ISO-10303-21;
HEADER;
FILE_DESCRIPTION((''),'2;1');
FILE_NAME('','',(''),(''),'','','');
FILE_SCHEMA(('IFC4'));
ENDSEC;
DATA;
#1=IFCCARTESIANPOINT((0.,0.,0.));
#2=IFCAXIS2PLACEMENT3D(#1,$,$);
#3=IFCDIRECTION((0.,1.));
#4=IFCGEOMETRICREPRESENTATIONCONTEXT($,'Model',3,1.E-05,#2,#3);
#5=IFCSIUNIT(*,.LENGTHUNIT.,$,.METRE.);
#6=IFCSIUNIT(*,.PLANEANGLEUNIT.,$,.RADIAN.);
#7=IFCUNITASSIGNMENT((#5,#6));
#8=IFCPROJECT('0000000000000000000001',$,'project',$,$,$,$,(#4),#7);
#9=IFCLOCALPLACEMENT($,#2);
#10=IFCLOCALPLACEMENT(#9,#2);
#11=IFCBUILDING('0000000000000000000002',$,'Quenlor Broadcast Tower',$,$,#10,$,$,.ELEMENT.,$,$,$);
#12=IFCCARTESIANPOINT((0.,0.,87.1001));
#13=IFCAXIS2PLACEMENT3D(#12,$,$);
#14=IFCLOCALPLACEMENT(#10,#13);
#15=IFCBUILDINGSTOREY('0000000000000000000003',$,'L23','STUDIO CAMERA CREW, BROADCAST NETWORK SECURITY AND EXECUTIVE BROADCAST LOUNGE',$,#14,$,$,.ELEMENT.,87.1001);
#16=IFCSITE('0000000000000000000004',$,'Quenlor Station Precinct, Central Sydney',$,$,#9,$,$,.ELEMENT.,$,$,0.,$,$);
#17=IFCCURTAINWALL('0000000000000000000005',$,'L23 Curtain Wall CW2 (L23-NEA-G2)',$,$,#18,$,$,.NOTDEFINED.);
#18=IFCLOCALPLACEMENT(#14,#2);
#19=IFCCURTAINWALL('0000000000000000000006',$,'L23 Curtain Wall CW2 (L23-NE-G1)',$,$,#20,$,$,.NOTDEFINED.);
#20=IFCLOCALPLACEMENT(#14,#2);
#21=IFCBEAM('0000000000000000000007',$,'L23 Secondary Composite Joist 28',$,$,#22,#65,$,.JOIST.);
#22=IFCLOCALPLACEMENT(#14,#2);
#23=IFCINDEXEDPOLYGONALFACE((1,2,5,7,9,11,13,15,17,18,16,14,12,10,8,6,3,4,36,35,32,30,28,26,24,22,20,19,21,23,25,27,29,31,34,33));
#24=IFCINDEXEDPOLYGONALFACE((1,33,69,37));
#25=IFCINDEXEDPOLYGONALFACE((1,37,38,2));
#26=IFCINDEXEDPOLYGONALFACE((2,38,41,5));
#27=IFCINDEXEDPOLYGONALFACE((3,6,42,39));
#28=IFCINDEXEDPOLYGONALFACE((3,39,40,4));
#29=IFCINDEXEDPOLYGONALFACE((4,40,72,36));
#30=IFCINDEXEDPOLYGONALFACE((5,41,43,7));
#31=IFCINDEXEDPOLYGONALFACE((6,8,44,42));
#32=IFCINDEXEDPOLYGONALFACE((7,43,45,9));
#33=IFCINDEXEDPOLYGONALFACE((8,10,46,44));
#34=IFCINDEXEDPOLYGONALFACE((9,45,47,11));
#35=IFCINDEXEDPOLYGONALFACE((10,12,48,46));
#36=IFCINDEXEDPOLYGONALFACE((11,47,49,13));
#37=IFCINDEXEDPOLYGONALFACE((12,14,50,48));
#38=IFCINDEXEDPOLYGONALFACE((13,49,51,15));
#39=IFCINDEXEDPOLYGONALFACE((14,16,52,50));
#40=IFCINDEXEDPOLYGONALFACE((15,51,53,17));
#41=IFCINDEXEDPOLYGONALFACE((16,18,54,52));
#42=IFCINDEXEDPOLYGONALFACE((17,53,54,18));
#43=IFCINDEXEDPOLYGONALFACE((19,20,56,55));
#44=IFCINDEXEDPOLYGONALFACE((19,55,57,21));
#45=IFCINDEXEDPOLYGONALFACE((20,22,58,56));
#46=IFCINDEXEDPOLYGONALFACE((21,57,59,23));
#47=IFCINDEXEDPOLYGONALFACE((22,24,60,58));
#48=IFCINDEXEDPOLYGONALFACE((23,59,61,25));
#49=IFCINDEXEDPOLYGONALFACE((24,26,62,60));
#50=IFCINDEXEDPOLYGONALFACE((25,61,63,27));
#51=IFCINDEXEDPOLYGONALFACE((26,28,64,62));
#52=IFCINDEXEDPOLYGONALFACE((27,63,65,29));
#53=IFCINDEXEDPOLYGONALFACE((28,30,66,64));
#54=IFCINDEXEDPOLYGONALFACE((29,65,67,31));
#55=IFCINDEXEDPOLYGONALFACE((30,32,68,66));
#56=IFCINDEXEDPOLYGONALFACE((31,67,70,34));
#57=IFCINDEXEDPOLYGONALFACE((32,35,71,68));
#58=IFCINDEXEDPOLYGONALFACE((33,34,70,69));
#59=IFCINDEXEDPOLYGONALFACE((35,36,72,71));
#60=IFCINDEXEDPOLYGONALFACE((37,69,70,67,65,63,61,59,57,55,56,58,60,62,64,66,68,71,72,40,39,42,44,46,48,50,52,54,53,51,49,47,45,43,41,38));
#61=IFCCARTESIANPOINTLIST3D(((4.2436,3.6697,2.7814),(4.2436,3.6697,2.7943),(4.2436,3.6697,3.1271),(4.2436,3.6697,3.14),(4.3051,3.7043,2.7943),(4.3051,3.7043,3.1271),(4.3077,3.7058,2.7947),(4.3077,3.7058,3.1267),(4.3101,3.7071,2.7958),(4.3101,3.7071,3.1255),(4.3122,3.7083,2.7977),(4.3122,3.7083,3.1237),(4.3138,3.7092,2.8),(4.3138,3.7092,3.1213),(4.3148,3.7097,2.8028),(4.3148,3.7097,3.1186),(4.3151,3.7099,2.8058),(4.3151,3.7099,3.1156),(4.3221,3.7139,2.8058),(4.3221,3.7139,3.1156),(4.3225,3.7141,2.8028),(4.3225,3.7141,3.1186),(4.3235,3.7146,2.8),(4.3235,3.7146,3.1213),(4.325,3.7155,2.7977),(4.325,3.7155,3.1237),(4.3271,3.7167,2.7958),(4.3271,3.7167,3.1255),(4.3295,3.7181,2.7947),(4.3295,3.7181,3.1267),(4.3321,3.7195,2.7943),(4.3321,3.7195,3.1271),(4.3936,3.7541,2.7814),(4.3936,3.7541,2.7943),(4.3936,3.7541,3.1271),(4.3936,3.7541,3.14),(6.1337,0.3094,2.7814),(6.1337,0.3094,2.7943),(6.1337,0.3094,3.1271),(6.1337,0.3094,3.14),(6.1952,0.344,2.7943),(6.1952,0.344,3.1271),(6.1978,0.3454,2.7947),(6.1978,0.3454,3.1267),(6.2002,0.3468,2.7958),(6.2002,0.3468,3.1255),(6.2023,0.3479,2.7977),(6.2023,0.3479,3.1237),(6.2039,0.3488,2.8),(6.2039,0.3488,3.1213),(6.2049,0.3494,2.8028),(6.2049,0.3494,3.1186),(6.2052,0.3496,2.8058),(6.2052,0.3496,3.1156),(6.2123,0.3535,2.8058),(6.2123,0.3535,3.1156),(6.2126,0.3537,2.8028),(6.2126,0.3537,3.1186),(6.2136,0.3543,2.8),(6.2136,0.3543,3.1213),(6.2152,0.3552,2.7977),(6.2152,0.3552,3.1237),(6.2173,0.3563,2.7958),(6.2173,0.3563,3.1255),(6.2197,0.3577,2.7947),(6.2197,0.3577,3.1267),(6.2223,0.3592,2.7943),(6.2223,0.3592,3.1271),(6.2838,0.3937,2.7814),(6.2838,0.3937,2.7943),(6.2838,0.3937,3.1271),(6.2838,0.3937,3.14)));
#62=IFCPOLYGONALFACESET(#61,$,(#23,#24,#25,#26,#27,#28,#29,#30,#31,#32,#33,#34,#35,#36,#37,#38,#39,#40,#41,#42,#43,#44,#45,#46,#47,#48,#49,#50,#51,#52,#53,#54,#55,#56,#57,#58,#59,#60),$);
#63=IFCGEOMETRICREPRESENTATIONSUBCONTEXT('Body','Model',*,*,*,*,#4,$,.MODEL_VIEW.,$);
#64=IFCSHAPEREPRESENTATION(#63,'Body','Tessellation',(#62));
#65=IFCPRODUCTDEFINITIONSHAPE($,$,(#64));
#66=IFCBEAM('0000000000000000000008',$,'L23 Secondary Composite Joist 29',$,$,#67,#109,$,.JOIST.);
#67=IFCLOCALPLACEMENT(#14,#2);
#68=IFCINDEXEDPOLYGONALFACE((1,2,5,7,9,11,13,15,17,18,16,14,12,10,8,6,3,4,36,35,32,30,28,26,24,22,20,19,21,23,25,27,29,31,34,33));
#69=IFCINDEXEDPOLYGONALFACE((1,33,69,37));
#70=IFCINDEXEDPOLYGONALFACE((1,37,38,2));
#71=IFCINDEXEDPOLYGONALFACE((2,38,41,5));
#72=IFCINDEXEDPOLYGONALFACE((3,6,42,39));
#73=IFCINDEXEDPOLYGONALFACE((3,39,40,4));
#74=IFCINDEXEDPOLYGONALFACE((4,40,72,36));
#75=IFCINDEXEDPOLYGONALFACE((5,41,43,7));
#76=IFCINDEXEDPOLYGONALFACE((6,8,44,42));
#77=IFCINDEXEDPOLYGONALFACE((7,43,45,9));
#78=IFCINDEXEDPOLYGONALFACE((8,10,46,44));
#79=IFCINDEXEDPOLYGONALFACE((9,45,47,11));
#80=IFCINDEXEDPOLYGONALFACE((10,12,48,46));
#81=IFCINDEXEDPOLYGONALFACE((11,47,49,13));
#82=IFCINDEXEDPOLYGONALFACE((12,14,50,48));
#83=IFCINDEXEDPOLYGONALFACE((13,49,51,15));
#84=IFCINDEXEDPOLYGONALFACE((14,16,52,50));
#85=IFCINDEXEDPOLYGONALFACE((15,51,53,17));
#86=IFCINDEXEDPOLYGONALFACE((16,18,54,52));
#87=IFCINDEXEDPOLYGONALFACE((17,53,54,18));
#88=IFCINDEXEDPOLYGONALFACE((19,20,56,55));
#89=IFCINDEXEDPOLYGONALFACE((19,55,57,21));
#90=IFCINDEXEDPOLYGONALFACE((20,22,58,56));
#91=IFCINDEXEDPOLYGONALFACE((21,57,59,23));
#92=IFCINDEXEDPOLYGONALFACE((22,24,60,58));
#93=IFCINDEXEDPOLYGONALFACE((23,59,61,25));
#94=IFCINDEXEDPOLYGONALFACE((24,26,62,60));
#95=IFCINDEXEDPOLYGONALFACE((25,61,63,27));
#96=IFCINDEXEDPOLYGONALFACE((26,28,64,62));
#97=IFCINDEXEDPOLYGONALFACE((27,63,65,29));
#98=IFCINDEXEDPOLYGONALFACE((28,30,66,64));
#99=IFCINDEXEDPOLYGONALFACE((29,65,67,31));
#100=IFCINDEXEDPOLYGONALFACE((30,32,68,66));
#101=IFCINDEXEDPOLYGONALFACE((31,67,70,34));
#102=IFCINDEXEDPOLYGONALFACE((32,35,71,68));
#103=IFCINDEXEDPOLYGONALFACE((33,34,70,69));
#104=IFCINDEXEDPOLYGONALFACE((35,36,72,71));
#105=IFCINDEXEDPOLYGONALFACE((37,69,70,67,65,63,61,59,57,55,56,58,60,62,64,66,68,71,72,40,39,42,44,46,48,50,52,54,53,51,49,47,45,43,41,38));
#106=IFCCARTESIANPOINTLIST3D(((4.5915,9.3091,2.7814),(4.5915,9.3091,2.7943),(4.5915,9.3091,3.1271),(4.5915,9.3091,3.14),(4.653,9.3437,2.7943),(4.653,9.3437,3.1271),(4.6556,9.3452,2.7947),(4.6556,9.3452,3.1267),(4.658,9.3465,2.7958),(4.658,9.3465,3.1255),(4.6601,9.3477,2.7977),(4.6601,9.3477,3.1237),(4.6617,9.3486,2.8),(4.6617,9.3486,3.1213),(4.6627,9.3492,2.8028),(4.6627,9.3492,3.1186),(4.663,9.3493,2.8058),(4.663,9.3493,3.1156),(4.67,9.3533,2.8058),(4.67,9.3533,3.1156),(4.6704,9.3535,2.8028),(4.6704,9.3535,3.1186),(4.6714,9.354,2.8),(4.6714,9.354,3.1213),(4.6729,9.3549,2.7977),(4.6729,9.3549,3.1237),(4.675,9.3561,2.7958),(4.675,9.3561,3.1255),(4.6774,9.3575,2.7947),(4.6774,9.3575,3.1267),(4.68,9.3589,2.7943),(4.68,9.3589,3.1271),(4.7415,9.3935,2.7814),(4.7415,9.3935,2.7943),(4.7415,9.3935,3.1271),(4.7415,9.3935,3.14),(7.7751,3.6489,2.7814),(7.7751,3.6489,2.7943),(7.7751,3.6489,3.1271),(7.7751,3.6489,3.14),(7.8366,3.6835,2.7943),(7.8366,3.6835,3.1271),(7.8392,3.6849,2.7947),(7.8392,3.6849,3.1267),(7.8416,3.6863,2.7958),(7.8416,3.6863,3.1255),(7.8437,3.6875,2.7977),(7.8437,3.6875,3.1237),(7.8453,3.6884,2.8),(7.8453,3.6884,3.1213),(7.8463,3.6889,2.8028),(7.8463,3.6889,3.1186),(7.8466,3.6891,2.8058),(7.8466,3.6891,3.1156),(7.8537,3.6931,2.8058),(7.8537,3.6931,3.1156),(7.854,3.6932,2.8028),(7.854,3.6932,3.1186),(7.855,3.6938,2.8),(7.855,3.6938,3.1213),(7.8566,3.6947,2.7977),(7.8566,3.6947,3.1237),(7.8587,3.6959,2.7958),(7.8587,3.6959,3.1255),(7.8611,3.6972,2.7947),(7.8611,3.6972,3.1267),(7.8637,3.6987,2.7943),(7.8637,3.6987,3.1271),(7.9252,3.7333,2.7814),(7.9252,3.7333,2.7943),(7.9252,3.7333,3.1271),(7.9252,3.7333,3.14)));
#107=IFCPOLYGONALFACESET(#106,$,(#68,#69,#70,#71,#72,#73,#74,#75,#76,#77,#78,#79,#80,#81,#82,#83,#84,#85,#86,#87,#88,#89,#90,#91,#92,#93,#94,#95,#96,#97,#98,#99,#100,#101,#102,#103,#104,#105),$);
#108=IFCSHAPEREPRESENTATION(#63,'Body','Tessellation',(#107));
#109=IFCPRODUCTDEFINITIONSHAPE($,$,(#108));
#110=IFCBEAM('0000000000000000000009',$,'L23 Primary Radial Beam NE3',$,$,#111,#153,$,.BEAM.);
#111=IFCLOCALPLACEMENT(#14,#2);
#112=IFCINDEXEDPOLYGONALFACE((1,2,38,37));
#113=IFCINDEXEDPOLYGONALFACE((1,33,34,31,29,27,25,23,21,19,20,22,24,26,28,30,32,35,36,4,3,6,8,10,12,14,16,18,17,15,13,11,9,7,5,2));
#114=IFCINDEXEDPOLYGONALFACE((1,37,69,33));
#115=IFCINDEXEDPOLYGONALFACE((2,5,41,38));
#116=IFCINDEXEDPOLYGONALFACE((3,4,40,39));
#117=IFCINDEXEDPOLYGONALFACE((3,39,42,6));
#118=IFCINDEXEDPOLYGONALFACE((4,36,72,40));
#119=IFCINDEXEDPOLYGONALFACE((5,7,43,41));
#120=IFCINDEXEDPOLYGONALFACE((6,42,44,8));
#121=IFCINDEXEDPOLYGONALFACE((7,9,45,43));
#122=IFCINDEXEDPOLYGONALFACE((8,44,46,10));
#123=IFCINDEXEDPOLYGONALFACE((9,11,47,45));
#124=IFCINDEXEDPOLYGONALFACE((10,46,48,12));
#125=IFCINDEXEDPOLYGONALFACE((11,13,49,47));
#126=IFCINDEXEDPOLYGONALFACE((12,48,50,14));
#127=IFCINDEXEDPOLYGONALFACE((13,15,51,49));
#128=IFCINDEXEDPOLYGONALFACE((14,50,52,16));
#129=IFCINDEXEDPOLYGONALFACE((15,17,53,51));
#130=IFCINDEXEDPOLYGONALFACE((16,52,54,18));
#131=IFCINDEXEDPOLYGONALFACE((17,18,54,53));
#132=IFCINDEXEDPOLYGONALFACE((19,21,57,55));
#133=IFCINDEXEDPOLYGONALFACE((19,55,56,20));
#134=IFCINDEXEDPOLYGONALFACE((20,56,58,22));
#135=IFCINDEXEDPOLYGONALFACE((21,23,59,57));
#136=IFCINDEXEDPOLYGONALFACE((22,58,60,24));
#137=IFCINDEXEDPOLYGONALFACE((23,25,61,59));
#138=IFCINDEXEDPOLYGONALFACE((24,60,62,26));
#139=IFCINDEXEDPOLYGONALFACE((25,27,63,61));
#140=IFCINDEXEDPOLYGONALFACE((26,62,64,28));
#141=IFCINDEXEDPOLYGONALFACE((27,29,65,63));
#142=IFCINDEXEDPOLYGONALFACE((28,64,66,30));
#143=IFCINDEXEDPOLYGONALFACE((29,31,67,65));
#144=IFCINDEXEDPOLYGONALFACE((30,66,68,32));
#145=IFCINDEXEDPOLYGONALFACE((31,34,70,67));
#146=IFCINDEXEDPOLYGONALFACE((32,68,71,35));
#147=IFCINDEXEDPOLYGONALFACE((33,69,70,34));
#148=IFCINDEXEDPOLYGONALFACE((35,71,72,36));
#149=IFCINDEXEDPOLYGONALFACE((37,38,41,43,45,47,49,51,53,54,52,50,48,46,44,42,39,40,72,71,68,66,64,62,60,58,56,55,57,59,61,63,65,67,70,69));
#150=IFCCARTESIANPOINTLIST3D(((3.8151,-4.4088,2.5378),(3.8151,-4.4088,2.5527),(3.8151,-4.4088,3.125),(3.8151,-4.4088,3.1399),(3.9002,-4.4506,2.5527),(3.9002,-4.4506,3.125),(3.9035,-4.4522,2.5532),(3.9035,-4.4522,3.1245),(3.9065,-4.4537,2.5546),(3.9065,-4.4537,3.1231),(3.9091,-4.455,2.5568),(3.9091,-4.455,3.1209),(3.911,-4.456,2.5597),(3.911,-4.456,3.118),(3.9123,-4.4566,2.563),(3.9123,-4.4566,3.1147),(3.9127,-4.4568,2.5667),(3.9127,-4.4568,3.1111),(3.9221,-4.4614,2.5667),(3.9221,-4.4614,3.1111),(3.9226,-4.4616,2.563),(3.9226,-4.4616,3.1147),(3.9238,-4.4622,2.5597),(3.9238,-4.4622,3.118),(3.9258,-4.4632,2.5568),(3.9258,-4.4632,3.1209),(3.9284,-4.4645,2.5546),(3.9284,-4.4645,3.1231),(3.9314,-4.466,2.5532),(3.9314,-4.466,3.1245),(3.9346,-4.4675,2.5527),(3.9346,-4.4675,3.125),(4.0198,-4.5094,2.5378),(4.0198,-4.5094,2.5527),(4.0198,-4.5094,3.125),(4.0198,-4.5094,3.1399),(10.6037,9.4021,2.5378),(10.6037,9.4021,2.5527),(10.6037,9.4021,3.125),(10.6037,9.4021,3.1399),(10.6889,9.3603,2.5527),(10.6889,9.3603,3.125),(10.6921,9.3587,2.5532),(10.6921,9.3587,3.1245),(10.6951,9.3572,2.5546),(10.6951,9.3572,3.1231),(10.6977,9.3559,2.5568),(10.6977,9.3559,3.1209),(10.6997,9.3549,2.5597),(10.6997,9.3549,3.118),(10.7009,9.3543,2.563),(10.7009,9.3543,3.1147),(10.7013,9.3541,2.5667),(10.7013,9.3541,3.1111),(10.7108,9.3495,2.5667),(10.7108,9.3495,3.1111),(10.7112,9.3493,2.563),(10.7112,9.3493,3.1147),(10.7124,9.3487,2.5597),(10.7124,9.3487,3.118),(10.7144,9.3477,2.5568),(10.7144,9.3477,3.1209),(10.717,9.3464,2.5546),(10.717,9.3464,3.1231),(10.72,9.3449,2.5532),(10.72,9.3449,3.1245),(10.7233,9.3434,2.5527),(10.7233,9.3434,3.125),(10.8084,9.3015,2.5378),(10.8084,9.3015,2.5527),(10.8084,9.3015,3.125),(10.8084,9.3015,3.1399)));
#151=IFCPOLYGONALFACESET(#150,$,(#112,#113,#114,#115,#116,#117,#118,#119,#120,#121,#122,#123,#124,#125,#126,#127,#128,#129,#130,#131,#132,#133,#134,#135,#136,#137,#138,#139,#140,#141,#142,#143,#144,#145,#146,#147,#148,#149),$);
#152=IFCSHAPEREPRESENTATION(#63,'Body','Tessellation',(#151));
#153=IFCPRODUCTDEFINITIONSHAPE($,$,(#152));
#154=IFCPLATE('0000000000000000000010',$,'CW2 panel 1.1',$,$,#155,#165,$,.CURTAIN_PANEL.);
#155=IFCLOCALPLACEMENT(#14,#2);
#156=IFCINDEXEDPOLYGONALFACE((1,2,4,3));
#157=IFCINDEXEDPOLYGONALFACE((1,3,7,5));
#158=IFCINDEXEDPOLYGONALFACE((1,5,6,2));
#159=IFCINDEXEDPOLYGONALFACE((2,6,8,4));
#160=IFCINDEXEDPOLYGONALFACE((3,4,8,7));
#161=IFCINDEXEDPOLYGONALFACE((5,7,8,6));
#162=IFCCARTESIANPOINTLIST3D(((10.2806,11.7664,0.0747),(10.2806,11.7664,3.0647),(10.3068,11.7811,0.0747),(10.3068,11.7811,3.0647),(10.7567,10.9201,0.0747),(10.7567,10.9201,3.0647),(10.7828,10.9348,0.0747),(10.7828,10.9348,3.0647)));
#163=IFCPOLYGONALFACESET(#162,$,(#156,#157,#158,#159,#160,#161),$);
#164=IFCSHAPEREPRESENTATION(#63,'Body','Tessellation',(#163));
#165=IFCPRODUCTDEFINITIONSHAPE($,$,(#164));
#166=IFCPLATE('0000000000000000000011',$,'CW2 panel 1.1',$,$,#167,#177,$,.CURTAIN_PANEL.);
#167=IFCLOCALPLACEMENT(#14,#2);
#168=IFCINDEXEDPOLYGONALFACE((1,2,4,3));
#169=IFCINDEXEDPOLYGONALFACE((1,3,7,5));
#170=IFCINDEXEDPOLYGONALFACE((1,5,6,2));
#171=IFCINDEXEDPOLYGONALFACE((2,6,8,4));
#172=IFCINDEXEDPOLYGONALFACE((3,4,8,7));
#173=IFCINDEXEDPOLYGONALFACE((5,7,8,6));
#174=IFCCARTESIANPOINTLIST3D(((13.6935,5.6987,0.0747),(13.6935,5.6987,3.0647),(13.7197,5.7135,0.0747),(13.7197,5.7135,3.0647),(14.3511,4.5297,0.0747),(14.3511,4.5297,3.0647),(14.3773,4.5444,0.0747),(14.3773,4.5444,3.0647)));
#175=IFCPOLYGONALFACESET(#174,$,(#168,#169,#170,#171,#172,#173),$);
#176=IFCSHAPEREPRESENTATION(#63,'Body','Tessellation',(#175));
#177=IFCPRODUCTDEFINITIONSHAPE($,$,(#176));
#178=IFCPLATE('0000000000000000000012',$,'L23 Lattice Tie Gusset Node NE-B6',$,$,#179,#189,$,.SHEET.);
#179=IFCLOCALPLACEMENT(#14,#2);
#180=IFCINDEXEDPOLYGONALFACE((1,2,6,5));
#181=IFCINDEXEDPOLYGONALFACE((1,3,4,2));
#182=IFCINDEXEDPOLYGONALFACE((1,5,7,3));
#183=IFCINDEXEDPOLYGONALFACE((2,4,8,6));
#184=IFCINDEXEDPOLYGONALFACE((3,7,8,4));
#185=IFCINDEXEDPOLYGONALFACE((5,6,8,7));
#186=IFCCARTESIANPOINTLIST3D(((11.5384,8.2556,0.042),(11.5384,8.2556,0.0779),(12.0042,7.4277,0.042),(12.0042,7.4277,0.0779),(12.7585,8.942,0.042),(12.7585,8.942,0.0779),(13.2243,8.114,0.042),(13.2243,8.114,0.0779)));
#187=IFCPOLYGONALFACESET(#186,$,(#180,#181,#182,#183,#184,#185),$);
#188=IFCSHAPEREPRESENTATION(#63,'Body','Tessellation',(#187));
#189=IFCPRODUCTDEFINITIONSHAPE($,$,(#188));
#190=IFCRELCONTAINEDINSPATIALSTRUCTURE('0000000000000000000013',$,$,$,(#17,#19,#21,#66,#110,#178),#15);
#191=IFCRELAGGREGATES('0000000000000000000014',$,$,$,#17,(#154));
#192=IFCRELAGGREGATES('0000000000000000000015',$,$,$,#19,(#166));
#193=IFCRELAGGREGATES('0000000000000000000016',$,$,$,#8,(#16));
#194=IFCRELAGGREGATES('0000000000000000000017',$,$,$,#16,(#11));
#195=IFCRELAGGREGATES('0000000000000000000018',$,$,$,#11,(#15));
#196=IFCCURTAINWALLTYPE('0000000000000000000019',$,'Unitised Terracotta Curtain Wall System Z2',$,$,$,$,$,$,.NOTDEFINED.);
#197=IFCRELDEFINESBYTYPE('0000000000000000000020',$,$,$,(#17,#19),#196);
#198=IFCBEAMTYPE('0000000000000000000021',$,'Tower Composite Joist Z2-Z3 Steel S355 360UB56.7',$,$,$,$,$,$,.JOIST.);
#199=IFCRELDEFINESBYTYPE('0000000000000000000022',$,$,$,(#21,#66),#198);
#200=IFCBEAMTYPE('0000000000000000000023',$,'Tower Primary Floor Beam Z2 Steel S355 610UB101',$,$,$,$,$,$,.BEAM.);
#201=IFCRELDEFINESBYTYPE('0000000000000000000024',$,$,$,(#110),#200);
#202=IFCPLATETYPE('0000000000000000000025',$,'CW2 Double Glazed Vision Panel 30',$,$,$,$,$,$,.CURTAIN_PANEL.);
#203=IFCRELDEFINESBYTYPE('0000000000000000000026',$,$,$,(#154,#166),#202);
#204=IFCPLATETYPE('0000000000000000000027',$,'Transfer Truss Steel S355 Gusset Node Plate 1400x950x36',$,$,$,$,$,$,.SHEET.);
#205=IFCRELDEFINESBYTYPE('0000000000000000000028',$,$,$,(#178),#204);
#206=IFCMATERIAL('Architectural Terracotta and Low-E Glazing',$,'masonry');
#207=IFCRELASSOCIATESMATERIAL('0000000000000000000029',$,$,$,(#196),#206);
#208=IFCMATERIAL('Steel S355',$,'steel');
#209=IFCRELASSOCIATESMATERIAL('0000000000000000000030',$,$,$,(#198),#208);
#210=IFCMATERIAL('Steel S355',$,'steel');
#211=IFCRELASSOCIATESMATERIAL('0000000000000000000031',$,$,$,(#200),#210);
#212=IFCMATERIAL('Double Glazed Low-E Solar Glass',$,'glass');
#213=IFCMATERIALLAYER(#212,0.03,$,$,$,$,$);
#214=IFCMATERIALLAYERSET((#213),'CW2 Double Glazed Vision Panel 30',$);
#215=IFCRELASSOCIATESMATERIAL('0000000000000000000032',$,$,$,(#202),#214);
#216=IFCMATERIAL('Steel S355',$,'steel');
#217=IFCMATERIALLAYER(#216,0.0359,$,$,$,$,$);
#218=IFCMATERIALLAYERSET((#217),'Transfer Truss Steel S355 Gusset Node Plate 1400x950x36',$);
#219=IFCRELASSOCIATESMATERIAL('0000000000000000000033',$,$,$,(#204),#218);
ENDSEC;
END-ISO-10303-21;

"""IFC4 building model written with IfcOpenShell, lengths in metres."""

from ifc_helpers import new_model, si_unit, direction, frame, origin, origin_2d, place, context, subcontext, project, spatial, rectangle, i_section, extrude, material, layer, layer_set, material_profile, profile_set, type_object, element, aggregate, save


model = new_model("IFC4")

# Units and contexts
model_context = context("Model", 3, precision=1e-05, world=origin(), true_north=direction((0.0, 1.0)))
body_context = subcontext(model_context, "Body", "Model", "MODEL_VIEW")
ifc_project = project(units=[si_unit("LENGTHUNIT", "METRE"), si_unit("PLANEANGLEUNIT", "RADIAN")], contexts=[model_context])

# Site, building, storey
site_placement = place(None, origin())
site = spatial("IfcSite", under=ifc_project, at=site_placement, Name="Quenlor Station Precinct, Central Sydney", CompositionType="ELEMENT", RefElevation=0.0)
building_placement = place(site_placement, origin())
building = spatial("IfcBuilding", under=site, at=building_placement, Name="Quenlor Broadcast Tower", CompositionType="ELEMENT")
storey_placement = place(building_placement, frame((0.0, 0.0, 87.1001)))
storey = spatial("IfcBuildingStorey", under=building, at=storey_placement, Name="L23", Description="STUDIO CAMERA CREW, BROADCAST NETWORK SECURITY AND EXECUTIVE BROADCAST LOUNGE", CompositionType="ELEMENT", Elevation=87.1001)

# Curtain wall
ifc_material_1 = material(Name="Architectural Terracotta and Low-E Glazing", Category="masonry")
curtain_wall_type = type_object("IfcCurtainWallType", Name="Unitised Terracotta Curtain Wall System Z2", PredefinedType="NOTDEFINED", material=ifc_material_1)
curtain_wall_1_placement = place(storey_placement, origin())
curtain_wall_1 = element("IfcCurtainWall", 1, at=curtain_wall_1_placement, inside=storey, type_object=curtain_wall_type, Name="L23 Curtain Wall CW2 (L23-NEA-G2)", PredefinedType="NOTDEFINED")

# Curtain wall
curtain_wall_2_placement = place(storey_placement, origin())
curtain_wall_2 = element("IfcCurtainWall", 2, at=curtain_wall_2_placement, inside=storey, type_object=curtain_wall_type, Name="L23 Curtain Wall CW2 (L23-NE-G1)", PredefinedType="NOTDEFINED")

# Beams
ifc_material_2 = material(Name="Steel S355", Category="steel")
ifc_material_profile_1 = material_profile(ifc_material_2, i_section(OverallWidth=0.1721, OverallDepth=0.3586, WebThickness=0.0081, FlangeThickness=0.0129, FilletRadius=0.0115, at=origin_2d()))
ifc_profile_set_1 = profile_set([ifc_material_profile_1], Name="Steel S355 360UB56.7")
beam_type_1 = type_object("IfcBeamType", Name="Tower Composite Joist Z2-Z3 Steel S355 360UB56.7", PredefinedType="JOIST", material=ifc_profile_set_1)
beam_1_placement = place(storey_placement, frame((4.3186, 3.7119, 2.9607), z_axis=(0.490249, -0.871582, 0.0), x_axis=(0.871582, 0.490249, 0.0)))
element("IfcBeam", 3, at=beam_1_placement, inside=storey, type_object=beam_type_1, Name="L23 Secondary Composite Joist 28", PredefinedType="JOIST", context=body_context, shape_type="SweptSolid", body=[
    extrude(i_section(OverallWidth=0.1721, OverallDepth=0.3586, WebThickness=0.0081, FlangeThickness=0.0129, FilletRadius=0.0115, at=origin_2d()), origin(), (0.0, 0.0, 1.0), 3.8555),
])
beam_2_placement = place(storey_placement, frame((4.6665, 9.3513, 2.9607), z_axis=(0.490233, -0.871592, 0.0), x_axis=(0.871592, 0.490233, 0.0)))
element("IfcBeam", 4, at=beam_2_placement, inside=storey, type_object=beam_type_1, Name="L23 Secondary Composite Joist 29", PredefinedType="JOIST", context=body_context, shape_type="SweptSolid", body=[
    extrude(i_section(OverallWidth=0.1721, OverallDepth=0.3586, WebThickness=0.0081, FlangeThickness=0.0129, FilletRadius=0.0115, at=origin_2d()), origin(), (0.0, 0.0, 1.0), 6.4941),
])
ifc_material_3 = material(Name="Steel S355", Category="steel")
ifc_material_profile_2 = material_profile(ifc_material_3, i_section(OverallWidth=0.228, OverallDepth=0.6021, WebThickness=0.0105, FlangeThickness=0.0149, FilletRadius=0.0139, at=origin_2d()))
ifc_profile_set_2 = profile_set([ifc_material_profile_2], Name="Steel S355 610UB101")
beam_type_2 = type_object("IfcBeamType", Name="Tower Primary Floor Beam Z2 Steel S355 610UB101", PredefinedType="BEAM", material=ifc_profile_set_2)
beam_3_placement = place(storey_placement, frame((10.7061, 9.3518, 2.8389), z_axis=(-0.44113, -0.897443, 0.0), x_axis=(0.897443, -0.44113, 0.0)))
element("IfcBeam", 5, at=beam_3_placement, inside=storey, type_object=beam_type_2, Name="L23 Primary Radial Beam NE3", PredefinedType="BEAM", context=body_context, shape_type="SweptSolid", body=[
    extrude(i_section(OverallWidth=0.228, OverallDepth=0.6021, WebThickness=0.0105, FlangeThickness=0.0149, FilletRadius=0.0139, at=origin_2d()), origin(), (0.0, 0.0, 1.0), 15.3892),
])

# Plates
ifc_material_4 = material(Name="Double Glazed Low-E Solar Glass", Category="glass")
ifc_layer_1 = layer(ifc_material_4, 0.03)
ifc_layer_set_1 = layer_set([ifc_layer_1], Name="CW2 Double Glazed Vision Panel 30")
plate_type_1 = type_object("IfcPlateType", Name="CW2 Double Glazed Vision Panel 30", PredefinedType="CURTAIN_PANEL", material=ifc_layer_set_1)
plate_1_placement = place(storey_placement, frame((10.5317, 11.3506, 0.0747), z_axis=(0.0, 0.0, 1.0), x_axis=(0.490249, -0.871583, 0.0)))
plate_1 = element("IfcPlate", 6, at=plate_1_placement, type_object=plate_type_1, Name="CW2 panel 1.1", PredefinedType="CURTAIN_PANEL", context=body_context, shape_type="SweptSolid", body=[
    extrude(rectangle(XDim=0.9709, YDim=0.03, at=origin_2d()), origin(), (0.0, 0.0, 1.0), 2.99),
])
aggregate(curtain_wall_1, [plate_1])
plate_2_placement = place(storey_placement, frame((14.0354, 5.1216, 0.0747), z_axis=(0.0, 0.0, 1.0), x_axis=(0.490293, -0.871558, 0.0)))
plate_2 = element("IfcPlate", 7, at=plate_2_placement, type_object=plate_type_1, Name="CW2 panel 1.1", PredefinedType="CURTAIN_PANEL", context=body_context, shape_type="SweptSolid", body=[
    extrude(rectangle(XDim=1.3413, YDim=0.03, at=origin_2d()), origin(), (0.0, 0.0, 1.0), 2.99),
])
aggregate(curtain_wall_2, [plate_2])

# Plate
ifc_material_5 = material(Name="Steel S355", Category="steel")
ifc_layer_2 = layer(ifc_material_5, 0.0359)
ifc_layer_set_2 = layer_set([ifc_layer_2], Name="Transfer Truss Steel S355 Gusset Node Plate 1400x950x36")
plate_type_2 = type_object("IfcPlateType", Name="Transfer Truss Steel S355 Gusset Node Plate 1400x950x36", PredefinedType="SHEET", material=ifc_layer_set_2)
for number, where, z_axis, x_axis, name in (
    (8, (12.3813, 8.1848, 0.042), (0.0, 0.0, 1.0), (0.871556, 0.490295, 0.0), "L23 Lattice Tie Gusset Node NE-B6"),
):
    element("IfcPlate", number, at=place(storey_placement, frame(where, z_axis=z_axis, x_axis=x_axis)), inside=storey, type_object=plate_type_2, Name=name, PredefinedType="SHEET", context=body_context, shape_type="SweptSolid", body=[
        extrude(rectangle(XDim=1.3999, YDim=0.95, at=origin_2d()), origin(), (0.0, 0.0, 1.0), 0.0359),
    ])

save(model, "model.ifc")
